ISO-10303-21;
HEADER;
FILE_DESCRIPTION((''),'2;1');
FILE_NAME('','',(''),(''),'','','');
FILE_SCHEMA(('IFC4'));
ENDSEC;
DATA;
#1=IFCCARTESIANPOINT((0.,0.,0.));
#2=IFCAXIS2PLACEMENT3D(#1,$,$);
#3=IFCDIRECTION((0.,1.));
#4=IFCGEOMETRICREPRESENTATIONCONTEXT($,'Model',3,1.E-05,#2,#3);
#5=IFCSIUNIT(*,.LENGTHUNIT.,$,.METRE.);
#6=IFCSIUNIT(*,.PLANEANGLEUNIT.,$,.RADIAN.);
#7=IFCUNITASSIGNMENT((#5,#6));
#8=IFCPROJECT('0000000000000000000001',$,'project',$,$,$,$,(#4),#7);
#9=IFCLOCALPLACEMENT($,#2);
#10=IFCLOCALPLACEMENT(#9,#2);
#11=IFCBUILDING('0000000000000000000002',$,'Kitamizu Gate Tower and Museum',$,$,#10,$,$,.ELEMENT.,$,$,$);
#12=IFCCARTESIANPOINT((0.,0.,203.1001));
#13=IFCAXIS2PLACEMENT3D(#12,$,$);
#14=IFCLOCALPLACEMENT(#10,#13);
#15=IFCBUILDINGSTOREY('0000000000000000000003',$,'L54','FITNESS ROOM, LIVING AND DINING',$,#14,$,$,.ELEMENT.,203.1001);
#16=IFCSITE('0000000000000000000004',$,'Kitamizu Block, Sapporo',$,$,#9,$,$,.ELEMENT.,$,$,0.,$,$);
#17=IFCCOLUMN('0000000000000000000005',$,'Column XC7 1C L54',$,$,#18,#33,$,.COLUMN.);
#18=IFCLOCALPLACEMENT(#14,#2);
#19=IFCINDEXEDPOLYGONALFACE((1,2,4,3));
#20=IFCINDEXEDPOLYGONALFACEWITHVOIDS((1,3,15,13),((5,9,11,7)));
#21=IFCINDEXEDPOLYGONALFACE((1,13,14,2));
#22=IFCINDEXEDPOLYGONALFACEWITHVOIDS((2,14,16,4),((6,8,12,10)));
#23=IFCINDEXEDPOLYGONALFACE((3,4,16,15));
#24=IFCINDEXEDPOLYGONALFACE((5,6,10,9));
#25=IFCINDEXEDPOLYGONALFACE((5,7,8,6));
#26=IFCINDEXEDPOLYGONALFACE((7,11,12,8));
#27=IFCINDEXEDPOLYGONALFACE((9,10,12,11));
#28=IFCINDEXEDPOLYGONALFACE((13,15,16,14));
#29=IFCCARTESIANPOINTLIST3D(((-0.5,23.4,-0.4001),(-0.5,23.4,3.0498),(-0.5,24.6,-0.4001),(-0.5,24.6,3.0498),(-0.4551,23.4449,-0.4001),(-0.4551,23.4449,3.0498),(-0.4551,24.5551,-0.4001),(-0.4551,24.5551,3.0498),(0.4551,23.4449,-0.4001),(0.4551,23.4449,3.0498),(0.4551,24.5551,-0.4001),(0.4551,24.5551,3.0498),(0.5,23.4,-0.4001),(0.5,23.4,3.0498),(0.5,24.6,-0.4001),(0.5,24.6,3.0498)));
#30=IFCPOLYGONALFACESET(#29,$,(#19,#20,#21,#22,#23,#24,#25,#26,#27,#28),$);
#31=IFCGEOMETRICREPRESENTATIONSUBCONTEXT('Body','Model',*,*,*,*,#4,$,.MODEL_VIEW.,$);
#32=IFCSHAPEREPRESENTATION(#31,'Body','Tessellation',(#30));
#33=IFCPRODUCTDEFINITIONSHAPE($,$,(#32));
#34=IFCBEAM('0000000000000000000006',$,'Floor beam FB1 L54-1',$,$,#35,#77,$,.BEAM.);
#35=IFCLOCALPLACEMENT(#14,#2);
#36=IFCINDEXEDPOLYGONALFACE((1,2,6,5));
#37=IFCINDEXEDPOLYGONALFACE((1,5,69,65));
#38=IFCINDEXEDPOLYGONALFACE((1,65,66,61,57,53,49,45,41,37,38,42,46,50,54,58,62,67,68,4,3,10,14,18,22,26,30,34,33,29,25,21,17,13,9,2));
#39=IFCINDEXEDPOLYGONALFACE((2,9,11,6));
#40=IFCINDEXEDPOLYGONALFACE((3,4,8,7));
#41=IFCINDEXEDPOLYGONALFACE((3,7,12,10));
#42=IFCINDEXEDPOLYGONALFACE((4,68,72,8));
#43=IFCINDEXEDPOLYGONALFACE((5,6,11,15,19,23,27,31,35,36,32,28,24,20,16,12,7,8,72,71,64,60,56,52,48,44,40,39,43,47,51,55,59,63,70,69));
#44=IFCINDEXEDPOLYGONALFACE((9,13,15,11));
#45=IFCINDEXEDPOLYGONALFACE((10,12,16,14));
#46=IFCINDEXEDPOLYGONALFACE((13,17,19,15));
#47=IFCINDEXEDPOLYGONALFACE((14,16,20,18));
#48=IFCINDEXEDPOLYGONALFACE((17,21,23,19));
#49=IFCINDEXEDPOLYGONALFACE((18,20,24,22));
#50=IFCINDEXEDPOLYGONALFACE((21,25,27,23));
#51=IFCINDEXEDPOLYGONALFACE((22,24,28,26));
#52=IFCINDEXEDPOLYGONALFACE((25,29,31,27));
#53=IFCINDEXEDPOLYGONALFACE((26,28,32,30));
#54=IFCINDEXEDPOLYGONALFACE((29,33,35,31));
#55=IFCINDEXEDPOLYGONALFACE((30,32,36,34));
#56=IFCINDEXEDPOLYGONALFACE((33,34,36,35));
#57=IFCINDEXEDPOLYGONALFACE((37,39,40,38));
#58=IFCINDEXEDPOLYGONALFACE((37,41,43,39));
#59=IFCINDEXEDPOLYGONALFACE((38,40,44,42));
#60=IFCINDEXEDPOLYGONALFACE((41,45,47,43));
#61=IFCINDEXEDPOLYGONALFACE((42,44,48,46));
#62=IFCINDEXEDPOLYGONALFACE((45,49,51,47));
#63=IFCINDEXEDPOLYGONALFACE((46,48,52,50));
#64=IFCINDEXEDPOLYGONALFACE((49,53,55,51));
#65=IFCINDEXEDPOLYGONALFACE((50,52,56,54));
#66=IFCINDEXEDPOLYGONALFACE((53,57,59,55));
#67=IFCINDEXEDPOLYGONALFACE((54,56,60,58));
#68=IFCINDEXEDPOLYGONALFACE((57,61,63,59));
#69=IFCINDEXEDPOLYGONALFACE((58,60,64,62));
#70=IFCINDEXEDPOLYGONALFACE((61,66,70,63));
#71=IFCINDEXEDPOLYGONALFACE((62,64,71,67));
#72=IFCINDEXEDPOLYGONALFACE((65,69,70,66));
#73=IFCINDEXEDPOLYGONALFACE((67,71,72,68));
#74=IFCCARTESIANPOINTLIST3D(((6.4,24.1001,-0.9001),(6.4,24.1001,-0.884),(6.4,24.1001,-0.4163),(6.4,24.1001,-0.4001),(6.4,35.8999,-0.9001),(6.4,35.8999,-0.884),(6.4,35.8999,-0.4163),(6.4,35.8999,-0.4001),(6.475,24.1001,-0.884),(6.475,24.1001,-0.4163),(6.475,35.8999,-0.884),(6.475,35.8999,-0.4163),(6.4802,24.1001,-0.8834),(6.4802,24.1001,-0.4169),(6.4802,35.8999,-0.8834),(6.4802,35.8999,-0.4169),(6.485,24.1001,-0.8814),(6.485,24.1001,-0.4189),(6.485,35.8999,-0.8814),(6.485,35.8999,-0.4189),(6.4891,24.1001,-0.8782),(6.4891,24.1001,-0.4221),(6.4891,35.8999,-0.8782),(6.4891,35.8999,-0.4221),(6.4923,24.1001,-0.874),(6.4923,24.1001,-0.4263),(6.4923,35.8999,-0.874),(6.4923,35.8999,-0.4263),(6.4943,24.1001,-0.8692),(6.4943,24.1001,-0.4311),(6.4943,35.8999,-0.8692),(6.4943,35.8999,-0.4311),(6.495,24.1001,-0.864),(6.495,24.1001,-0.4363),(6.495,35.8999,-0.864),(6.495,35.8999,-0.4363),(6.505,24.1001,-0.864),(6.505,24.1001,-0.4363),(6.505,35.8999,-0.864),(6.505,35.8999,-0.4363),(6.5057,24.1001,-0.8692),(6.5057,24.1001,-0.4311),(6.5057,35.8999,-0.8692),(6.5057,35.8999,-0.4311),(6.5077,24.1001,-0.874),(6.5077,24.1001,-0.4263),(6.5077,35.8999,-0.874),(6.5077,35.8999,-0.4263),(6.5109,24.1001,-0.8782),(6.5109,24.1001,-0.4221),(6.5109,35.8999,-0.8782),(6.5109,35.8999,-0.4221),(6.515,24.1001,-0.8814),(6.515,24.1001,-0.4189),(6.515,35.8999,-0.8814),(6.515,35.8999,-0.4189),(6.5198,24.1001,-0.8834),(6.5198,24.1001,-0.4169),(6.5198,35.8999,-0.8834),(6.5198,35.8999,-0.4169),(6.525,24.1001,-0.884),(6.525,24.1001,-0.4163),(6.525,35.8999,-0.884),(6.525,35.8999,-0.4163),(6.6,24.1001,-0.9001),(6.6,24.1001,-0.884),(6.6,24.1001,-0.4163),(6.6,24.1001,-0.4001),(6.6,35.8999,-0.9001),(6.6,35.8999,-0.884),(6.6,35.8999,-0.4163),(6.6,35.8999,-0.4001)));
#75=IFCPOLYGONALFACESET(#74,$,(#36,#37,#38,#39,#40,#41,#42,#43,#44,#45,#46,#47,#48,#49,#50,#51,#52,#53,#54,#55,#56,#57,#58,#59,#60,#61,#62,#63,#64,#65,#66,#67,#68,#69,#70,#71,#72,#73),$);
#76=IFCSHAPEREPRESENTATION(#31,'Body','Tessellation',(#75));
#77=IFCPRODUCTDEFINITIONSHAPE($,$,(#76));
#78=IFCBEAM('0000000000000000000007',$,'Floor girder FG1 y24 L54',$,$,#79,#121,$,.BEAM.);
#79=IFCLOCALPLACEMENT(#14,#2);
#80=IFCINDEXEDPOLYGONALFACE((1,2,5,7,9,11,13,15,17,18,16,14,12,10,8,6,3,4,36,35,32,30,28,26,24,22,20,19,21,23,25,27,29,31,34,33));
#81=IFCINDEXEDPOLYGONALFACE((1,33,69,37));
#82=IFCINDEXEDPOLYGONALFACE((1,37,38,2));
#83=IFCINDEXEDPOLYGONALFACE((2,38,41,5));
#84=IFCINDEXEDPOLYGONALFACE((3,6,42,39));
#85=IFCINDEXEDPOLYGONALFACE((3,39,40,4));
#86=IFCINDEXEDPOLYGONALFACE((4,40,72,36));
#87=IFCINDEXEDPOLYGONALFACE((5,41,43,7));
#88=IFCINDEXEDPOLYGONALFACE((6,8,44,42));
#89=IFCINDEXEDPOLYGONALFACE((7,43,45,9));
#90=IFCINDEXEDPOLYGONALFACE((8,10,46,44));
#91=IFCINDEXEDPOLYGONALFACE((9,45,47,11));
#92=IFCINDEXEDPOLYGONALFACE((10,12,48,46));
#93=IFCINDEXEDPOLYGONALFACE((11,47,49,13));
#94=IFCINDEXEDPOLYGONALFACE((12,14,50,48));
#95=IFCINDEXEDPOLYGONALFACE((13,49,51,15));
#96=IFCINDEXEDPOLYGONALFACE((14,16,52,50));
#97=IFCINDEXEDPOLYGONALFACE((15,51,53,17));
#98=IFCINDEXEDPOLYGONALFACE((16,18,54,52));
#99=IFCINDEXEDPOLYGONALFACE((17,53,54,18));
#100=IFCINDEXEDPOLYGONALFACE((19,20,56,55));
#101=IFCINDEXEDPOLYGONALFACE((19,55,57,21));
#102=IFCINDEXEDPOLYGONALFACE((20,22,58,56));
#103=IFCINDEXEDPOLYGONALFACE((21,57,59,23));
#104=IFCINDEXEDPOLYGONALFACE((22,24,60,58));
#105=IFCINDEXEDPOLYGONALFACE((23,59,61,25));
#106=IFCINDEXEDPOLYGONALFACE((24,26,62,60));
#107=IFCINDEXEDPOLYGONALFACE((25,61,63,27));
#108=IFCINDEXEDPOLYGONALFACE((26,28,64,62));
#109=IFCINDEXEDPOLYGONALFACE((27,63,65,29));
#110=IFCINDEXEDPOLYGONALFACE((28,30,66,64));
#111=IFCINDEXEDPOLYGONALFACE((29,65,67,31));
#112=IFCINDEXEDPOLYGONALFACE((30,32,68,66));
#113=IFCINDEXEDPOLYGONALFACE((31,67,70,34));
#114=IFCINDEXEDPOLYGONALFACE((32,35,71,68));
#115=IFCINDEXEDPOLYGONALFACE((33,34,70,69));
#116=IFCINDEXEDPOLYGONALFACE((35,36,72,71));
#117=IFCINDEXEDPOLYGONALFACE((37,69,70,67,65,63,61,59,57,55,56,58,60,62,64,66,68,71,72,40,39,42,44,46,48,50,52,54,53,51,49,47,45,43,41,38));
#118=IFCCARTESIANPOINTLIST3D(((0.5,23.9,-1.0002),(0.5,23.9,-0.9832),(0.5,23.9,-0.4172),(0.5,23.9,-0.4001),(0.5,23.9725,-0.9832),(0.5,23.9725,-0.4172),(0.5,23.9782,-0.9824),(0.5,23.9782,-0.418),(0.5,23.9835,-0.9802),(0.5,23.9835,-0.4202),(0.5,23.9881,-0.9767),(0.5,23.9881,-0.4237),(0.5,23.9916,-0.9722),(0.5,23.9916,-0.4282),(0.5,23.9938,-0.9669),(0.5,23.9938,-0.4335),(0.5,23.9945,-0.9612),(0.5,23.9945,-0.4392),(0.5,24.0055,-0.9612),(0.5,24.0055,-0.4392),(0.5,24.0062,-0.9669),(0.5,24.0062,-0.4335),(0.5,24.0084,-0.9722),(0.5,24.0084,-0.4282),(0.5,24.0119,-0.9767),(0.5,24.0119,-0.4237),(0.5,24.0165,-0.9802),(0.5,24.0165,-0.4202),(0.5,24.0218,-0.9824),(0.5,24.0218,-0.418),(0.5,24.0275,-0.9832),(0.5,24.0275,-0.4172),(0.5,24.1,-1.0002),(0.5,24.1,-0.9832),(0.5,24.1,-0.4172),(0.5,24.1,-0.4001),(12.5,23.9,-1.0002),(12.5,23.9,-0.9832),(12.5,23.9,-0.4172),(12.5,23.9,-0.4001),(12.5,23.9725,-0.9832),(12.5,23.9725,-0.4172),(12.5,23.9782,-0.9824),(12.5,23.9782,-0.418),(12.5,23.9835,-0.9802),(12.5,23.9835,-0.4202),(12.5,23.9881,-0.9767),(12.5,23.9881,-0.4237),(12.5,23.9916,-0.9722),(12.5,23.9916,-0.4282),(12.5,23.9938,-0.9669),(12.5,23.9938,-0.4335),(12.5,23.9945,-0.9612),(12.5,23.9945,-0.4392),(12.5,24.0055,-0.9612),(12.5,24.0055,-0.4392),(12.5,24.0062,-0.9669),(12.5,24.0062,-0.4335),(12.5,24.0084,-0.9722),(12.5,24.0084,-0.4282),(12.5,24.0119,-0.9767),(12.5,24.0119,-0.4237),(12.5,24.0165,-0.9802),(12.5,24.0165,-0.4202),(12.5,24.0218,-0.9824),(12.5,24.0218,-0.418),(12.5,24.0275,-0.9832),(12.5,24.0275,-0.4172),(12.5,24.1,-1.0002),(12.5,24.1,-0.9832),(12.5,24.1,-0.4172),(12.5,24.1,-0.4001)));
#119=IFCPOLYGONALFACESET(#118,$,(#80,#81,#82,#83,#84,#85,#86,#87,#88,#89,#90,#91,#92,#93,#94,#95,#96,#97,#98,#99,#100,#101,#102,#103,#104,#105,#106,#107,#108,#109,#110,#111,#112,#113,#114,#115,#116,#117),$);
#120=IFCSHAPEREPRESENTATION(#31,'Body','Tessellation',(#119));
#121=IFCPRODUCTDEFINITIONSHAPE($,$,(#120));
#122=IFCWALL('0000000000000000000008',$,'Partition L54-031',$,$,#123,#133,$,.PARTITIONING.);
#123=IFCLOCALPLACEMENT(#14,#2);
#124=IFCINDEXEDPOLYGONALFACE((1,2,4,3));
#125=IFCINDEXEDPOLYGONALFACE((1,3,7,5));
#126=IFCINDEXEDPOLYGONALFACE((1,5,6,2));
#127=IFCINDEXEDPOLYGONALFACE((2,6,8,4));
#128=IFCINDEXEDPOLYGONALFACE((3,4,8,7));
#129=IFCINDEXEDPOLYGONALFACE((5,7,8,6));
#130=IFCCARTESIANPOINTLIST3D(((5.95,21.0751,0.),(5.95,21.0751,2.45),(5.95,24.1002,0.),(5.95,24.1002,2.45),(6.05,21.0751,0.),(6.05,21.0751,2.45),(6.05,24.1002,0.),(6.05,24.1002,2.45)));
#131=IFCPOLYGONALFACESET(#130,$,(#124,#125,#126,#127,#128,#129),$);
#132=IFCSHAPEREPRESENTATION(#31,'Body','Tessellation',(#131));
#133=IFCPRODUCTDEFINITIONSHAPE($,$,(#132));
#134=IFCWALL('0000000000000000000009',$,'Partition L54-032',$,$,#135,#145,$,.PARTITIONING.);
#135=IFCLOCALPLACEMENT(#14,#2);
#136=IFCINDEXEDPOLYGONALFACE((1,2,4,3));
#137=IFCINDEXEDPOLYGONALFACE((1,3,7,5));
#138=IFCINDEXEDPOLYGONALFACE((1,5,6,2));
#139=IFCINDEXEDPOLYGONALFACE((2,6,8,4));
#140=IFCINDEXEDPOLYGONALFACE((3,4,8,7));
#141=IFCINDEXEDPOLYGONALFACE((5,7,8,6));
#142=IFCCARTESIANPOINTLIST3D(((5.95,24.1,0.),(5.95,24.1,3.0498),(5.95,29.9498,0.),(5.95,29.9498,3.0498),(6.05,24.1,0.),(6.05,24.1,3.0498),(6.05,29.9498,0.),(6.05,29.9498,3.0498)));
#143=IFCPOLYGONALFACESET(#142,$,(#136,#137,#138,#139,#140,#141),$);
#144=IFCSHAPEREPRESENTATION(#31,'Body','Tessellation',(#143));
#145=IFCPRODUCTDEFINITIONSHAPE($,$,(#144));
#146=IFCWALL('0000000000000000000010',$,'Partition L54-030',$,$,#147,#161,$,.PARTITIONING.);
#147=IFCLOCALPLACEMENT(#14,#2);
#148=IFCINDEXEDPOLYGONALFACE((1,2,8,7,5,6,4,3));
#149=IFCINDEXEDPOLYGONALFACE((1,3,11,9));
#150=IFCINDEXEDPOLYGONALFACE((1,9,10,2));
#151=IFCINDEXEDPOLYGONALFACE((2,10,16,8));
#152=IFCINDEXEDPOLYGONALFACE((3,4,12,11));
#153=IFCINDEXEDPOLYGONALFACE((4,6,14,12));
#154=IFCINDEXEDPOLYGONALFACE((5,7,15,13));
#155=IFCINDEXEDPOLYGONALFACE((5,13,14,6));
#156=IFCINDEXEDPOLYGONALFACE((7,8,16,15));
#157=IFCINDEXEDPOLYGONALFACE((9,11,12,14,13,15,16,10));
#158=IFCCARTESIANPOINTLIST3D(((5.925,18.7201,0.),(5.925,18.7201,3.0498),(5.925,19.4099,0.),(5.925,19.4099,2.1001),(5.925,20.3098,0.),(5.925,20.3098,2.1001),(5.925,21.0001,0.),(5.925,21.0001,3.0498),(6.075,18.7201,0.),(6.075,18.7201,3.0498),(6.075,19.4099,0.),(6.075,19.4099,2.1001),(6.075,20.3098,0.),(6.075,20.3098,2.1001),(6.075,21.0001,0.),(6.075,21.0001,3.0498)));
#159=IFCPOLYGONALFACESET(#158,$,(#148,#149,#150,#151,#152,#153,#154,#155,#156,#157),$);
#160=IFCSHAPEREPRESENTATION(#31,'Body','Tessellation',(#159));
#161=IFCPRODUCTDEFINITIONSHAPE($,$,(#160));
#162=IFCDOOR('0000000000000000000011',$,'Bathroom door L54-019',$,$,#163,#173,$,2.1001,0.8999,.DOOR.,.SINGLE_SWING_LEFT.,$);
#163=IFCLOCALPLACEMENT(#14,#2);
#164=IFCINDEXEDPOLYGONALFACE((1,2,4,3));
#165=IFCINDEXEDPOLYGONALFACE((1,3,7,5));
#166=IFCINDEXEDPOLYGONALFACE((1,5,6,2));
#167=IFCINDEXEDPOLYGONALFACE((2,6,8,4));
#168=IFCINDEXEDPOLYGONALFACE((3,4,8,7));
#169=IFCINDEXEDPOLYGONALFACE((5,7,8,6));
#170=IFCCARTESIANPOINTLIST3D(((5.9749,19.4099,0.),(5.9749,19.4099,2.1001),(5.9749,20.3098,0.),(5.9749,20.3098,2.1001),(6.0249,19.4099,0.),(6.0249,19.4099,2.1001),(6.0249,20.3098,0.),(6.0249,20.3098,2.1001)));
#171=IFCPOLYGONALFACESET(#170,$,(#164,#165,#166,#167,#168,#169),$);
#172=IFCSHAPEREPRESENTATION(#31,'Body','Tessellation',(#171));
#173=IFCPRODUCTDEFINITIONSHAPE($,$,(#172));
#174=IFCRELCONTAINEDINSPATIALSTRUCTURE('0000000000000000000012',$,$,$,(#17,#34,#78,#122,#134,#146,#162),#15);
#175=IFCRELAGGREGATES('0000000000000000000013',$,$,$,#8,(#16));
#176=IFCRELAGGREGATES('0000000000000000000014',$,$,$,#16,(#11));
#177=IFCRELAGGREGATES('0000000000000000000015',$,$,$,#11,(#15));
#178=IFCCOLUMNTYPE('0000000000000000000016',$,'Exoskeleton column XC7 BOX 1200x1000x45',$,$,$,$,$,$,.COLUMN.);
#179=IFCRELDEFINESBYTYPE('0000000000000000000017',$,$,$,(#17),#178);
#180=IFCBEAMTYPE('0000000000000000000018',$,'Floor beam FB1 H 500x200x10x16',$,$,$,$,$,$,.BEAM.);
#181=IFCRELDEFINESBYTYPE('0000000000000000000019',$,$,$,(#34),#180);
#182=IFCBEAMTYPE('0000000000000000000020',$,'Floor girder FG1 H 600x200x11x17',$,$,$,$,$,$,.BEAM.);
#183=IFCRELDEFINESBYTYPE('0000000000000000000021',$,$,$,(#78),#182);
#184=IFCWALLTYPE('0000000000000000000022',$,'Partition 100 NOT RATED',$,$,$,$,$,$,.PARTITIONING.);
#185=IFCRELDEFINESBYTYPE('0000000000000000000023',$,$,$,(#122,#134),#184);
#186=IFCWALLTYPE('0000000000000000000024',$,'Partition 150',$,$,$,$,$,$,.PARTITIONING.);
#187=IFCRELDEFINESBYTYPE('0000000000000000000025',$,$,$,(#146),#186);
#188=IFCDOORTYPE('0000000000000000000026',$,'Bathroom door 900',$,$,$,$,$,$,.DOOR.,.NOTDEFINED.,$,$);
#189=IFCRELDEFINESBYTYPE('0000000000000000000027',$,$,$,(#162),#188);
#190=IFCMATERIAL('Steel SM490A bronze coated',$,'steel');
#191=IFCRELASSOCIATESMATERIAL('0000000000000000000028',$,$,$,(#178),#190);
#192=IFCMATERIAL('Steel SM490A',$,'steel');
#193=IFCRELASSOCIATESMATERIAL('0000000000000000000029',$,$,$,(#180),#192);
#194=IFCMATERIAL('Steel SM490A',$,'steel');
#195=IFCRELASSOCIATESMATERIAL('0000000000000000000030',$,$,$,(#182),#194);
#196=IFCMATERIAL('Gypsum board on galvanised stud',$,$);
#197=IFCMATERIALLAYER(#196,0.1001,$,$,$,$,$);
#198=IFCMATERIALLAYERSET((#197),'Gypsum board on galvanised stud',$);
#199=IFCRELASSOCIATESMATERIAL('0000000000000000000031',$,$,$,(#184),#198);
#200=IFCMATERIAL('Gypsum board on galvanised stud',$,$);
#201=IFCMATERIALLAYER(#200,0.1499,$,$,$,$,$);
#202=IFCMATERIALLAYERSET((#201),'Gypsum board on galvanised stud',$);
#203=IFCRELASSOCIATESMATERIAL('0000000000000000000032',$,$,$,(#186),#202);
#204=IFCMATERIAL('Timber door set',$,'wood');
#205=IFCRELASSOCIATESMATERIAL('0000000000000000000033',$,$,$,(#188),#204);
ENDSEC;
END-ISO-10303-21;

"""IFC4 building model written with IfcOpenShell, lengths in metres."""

from ifc_helpers import new_model, si_unit, direction, frame, frame_2d, origin, origin_2d, place, context, subcontext, project, spatial, rectangle, hollow_rectangle, i_section, extrude, material, layer, layer_set, material_profile, profile_set, type_object, element, fill, save


model = new_model("IFC4")

# Units and contexts
model_context = context("Model", 3, precision=1e-05, world=origin(), true_north=direction((0.0, 1.0)))
body_context = subcontext(model_context, "Body", "Model", "MODEL_VIEW")
ifc_project = project(units=[si_unit("LENGTHUNIT", "METRE"), si_unit("PLANEANGLEUNIT", "RADIAN")], contexts=[model_context])

# Site, building, storey
site_placement = place(None, origin())
site = spatial("IfcSite", under=ifc_project, at=site_placement, Name="Kitamizu Block, Sapporo", CompositionType="ELEMENT", RefElevation=0.0)
building_placement = place(site_placement, origin())
building = spatial("IfcBuilding", under=site, at=building_placement, Name="Kitamizu Gate Tower and Museum", CompositionType="ELEMENT")
storey_placement = place(building_placement, frame((0.0, 0.0, 203.1001)))
storey = spatial("IfcBuildingStorey", under=building, at=storey_placement, Name="L54", Description="FITNESS ROOM, LIVING AND DINING", CompositionType="ELEMENT", Elevation=203.1001)

# Column
ifc_material_1 = material(Name="Steel SM490A bronze coated", Category="steel")
ifc_material_profile_1 = material_profile(ifc_material_1, hollow_rectangle(XDim=1.2, YDim=1.0, WallThickness=0.0449, at=origin_2d()), Name="BOX 1200x1000x45")
ifc_profile_set_1 = profile_set([ifc_material_profile_1], Name="Steel SM490A bronze coated")
column_type = type_object("IfcColumnType", Name="Exoskeleton column XC7 BOX 1200x1000x45", PredefinedType="COLUMN", material=ifc_profile_set_1)
column_placement = place(storey_placement, frame((0.0, 24.0, -0.4001), z_axis=(0.0, 0.0, 1.0), x_axis=(0.0, 1.0, 0.0)))
element("IfcColumn", 1, at=column_placement, inside=storey, type_object=column_type, Name="Column XC7 1C L54", PredefinedType="COLUMN", context=body_context, shape_type="SweptSolid", body=[
    extrude(hollow_rectangle(XDim=1.2, YDim=1.0, WallThickness=0.0449, at=origin_2d()), origin(), (0.0, 0.0, 1.0), 3.45),
])

# Beams
ifc_material_2 = material(Name="Steel SM490A", Category="steel")
ifc_material_profile_2 = material_profile(ifc_material_2, i_section(OverallWidth=0.2, OverallDepth=0.5, WebThickness=0.01, FlangeThickness=0.0161, FilletRadius=0.02, at=origin_2d()), Name="H-500x200x10x16")
ifc_profile_set_2 = profile_set([ifc_material_profile_2], Name="Steel SM490A")
beam_type_1 = type_object("IfcBeamType", Name="Floor beam FB1 H 500x200x10x16", PredefinedType="BEAM", material=ifc_profile_set_2)
beam_1_placement = place(storey_placement, frame((6.5, 24.1001, -0.6501), z_axis=(0.0, 1.0, 0.0), x_axis=(-1.0, 0.0, 0.0)))
element("IfcBeam", 2, at=beam_1_placement, inside=storey, type_object=beam_type_1, Name="Floor beam FB1 L54-1", PredefinedType="BEAM", context=body_context, shape_type="SweptSolid", body=[
    extrude(i_section(OverallWidth=0.2, OverallDepth=0.5, WebThickness=0.01, FlangeThickness=0.0161, FilletRadius=0.02, at=origin_2d()), origin(), (0.0, 0.0, 1.0), 11.7998),
])
ifc_material_3 = material(Name="Steel SM490A", Category="steel")
ifc_material_profile_3 = material_profile(ifc_material_3, i_section(OverallWidth=0.2, OverallDepth=0.6001, WebThickness=0.011, FlangeThickness=0.0171, FilletRadius=0.022, at=origin_2d()), Name="H-600x200x11x17")
ifc_profile_set_3 = profile_set([ifc_material_profile_3], Name="Steel SM490A")
beam_type_2 = type_object("IfcBeamType", Name="Floor girder FG1 H 600x200x11x17", PredefinedType="BEAM", material=ifc_profile_set_3)
beam_2_placement = place(storey_placement, frame((0.5, 24.0, -0.7002), z_axis=(1.0, 0.0, 0.0), x_axis=(0.0, 1.0, 0.0)))
element("IfcBeam", 3, at=beam_2_placement, inside=storey, type_object=beam_type_2, Name="Floor girder FG1 y24 L54", PredefinedType="BEAM", context=body_context, shape_type="SweptSolid", body=[
    extrude(i_section(OverallWidth=0.2, OverallDepth=0.6001, WebThickness=0.011, FlangeThickness=0.0171, FilletRadius=0.022, at=origin_2d()), origin(), (0.0, 0.0, 1.0), 12.0),
])

# Walls
ifc_material_4 = material(Name="Gypsum board on galvanised stud")
ifc_layer_1 = layer(ifc_material_4, 0.1001)
ifc_layer_set_1 = layer_set([ifc_layer_1], Name="Gypsum board on galvanised stud")
wall_type_1 = type_object("IfcWallType", Name="Partition 100 NOT RATED", PredefinedType="PARTITIONING", material=ifc_layer_set_1)
wall_1_placement = place(storey_placement, frame((6.0, 21.075, 0.0), z_axis=(0.0, 0.0, 1.0), x_axis=(0.0, 1.0, 0.0)))
element("IfcWall", 4, at=wall_1_placement, inside=storey, type_object=wall_type_1, Name="Partition L54-031", PredefinedType="PARTITIONING", context=body_context, shape_type="SweptSolid", body=[
    extrude(rectangle(XDim=3.0251, YDim=0.1001, at=frame_2d((1.5127, 0.0))), origin(), (0.0, 0.0, 1.0), 2.45),
])
wall_2_placement = place(storey_placement, frame((6.0, 24.1001, 0.0), z_axis=(0.0, 0.0, 1.0), x_axis=(0.0, 1.0, 0.0)))
element("IfcWall", 5, at=wall_2_placement, inside=storey, type_object=wall_type_1, Name="Partition L54-032", PredefinedType="PARTITIONING", context=body_context, shape_type="SweptSolid", body=[
    extrude(rectangle(XDim=5.8499, YDim=0.1001, at=frame_2d((2.9248, 0.0))), origin(), (0.0, 0.0, 1.0), 3.0498),
])

# Wall, opening, door
ifc_material_5 = material(Name="Gypsum board on galvanised stud")
ifc_layer_2 = layer(ifc_material_5, 0.1499)
ifc_layer_set_2 = layer_set([ifc_layer_2], Name="Gypsum board on galvanised stud")
wall_type_2 = type_object("IfcWallType", Name="Partition 150", PredefinedType="PARTITIONING", material=ifc_layer_set_2)
wall_3_placement = place(storey_placement, frame((6.0, 18.72, 0.0), z_axis=(0.0, 0.0, 1.0), x_axis=(0.0, 1.0, 0.0)))
wall_3 = element("IfcWall", 6, at=wall_3_placement, inside=storey, type_object=wall_type_2, Name="Partition L54-030", PredefinedType="PARTITIONING", context=body_context, shape_type="SweptSolid", body=[
    extrude(rectangle(XDim=2.28, YDim=0.1499, at=frame_2d((1.1401, 0.0))), origin(), (0.0, 0.0, 1.0), 3.0498),
])
opening_1_placement = place(wall_3_placement, frame((0.6899, 0.0, 0.0)))
opening_1 = element("IfcOpeningElement", 7, at=opening_1_placement, cuts=wall_3, PredefinedType="OPENING", context=body_context, shape_type="SweptSolid", body=[
    extrude(rectangle(XDim=0.8999, YDim=2.1001, at=frame_2d((0.45, 1.05))), frame((0.0, 0.085, 0.0), z_axis=(0.0, -1.0, 0.0), x_axis=(1.0, 0.0, 0.0)), (0.0, 0.0, 1.0), 0.1699),
])
ifc_material_6 = material(Name="Timber door set", Category="wood")
door_type = type_object("IfcDoorType", Name="Bathroom door 900", OperationType="NOTDEFINED", PredefinedType="DOOR", material=ifc_material_6)
door_placement = place(opening_1_placement, frame((0.8999, 0.0, 0.0), x_axis=(-1.0, 0.0, 0.0)))
door = element("IfcDoor", 8, at=door_placement, inside=storey, type_object=door_type, Name="Bathroom door L54-019", OperationType="SINGLE_SWING_LEFT", OverallHeight=2.1001, OverallWidth=0.8999, PredefinedType="DOOR", context=body_context, shape_type="SweptSolid", body=[
    extrude(rectangle(XDim=0.8999, YDim=2.1001, at=frame_2d((0.45, 1.05))), frame((0.0, 0.0249, 0.0), z_axis=(0.0, -1.0, 0.0), x_axis=(1.0, 0.0, 0.0)), (0.0, 0.0, 1.0), 0.05),
])
fill(opening_1, door)

save(model, "model.ifc")
